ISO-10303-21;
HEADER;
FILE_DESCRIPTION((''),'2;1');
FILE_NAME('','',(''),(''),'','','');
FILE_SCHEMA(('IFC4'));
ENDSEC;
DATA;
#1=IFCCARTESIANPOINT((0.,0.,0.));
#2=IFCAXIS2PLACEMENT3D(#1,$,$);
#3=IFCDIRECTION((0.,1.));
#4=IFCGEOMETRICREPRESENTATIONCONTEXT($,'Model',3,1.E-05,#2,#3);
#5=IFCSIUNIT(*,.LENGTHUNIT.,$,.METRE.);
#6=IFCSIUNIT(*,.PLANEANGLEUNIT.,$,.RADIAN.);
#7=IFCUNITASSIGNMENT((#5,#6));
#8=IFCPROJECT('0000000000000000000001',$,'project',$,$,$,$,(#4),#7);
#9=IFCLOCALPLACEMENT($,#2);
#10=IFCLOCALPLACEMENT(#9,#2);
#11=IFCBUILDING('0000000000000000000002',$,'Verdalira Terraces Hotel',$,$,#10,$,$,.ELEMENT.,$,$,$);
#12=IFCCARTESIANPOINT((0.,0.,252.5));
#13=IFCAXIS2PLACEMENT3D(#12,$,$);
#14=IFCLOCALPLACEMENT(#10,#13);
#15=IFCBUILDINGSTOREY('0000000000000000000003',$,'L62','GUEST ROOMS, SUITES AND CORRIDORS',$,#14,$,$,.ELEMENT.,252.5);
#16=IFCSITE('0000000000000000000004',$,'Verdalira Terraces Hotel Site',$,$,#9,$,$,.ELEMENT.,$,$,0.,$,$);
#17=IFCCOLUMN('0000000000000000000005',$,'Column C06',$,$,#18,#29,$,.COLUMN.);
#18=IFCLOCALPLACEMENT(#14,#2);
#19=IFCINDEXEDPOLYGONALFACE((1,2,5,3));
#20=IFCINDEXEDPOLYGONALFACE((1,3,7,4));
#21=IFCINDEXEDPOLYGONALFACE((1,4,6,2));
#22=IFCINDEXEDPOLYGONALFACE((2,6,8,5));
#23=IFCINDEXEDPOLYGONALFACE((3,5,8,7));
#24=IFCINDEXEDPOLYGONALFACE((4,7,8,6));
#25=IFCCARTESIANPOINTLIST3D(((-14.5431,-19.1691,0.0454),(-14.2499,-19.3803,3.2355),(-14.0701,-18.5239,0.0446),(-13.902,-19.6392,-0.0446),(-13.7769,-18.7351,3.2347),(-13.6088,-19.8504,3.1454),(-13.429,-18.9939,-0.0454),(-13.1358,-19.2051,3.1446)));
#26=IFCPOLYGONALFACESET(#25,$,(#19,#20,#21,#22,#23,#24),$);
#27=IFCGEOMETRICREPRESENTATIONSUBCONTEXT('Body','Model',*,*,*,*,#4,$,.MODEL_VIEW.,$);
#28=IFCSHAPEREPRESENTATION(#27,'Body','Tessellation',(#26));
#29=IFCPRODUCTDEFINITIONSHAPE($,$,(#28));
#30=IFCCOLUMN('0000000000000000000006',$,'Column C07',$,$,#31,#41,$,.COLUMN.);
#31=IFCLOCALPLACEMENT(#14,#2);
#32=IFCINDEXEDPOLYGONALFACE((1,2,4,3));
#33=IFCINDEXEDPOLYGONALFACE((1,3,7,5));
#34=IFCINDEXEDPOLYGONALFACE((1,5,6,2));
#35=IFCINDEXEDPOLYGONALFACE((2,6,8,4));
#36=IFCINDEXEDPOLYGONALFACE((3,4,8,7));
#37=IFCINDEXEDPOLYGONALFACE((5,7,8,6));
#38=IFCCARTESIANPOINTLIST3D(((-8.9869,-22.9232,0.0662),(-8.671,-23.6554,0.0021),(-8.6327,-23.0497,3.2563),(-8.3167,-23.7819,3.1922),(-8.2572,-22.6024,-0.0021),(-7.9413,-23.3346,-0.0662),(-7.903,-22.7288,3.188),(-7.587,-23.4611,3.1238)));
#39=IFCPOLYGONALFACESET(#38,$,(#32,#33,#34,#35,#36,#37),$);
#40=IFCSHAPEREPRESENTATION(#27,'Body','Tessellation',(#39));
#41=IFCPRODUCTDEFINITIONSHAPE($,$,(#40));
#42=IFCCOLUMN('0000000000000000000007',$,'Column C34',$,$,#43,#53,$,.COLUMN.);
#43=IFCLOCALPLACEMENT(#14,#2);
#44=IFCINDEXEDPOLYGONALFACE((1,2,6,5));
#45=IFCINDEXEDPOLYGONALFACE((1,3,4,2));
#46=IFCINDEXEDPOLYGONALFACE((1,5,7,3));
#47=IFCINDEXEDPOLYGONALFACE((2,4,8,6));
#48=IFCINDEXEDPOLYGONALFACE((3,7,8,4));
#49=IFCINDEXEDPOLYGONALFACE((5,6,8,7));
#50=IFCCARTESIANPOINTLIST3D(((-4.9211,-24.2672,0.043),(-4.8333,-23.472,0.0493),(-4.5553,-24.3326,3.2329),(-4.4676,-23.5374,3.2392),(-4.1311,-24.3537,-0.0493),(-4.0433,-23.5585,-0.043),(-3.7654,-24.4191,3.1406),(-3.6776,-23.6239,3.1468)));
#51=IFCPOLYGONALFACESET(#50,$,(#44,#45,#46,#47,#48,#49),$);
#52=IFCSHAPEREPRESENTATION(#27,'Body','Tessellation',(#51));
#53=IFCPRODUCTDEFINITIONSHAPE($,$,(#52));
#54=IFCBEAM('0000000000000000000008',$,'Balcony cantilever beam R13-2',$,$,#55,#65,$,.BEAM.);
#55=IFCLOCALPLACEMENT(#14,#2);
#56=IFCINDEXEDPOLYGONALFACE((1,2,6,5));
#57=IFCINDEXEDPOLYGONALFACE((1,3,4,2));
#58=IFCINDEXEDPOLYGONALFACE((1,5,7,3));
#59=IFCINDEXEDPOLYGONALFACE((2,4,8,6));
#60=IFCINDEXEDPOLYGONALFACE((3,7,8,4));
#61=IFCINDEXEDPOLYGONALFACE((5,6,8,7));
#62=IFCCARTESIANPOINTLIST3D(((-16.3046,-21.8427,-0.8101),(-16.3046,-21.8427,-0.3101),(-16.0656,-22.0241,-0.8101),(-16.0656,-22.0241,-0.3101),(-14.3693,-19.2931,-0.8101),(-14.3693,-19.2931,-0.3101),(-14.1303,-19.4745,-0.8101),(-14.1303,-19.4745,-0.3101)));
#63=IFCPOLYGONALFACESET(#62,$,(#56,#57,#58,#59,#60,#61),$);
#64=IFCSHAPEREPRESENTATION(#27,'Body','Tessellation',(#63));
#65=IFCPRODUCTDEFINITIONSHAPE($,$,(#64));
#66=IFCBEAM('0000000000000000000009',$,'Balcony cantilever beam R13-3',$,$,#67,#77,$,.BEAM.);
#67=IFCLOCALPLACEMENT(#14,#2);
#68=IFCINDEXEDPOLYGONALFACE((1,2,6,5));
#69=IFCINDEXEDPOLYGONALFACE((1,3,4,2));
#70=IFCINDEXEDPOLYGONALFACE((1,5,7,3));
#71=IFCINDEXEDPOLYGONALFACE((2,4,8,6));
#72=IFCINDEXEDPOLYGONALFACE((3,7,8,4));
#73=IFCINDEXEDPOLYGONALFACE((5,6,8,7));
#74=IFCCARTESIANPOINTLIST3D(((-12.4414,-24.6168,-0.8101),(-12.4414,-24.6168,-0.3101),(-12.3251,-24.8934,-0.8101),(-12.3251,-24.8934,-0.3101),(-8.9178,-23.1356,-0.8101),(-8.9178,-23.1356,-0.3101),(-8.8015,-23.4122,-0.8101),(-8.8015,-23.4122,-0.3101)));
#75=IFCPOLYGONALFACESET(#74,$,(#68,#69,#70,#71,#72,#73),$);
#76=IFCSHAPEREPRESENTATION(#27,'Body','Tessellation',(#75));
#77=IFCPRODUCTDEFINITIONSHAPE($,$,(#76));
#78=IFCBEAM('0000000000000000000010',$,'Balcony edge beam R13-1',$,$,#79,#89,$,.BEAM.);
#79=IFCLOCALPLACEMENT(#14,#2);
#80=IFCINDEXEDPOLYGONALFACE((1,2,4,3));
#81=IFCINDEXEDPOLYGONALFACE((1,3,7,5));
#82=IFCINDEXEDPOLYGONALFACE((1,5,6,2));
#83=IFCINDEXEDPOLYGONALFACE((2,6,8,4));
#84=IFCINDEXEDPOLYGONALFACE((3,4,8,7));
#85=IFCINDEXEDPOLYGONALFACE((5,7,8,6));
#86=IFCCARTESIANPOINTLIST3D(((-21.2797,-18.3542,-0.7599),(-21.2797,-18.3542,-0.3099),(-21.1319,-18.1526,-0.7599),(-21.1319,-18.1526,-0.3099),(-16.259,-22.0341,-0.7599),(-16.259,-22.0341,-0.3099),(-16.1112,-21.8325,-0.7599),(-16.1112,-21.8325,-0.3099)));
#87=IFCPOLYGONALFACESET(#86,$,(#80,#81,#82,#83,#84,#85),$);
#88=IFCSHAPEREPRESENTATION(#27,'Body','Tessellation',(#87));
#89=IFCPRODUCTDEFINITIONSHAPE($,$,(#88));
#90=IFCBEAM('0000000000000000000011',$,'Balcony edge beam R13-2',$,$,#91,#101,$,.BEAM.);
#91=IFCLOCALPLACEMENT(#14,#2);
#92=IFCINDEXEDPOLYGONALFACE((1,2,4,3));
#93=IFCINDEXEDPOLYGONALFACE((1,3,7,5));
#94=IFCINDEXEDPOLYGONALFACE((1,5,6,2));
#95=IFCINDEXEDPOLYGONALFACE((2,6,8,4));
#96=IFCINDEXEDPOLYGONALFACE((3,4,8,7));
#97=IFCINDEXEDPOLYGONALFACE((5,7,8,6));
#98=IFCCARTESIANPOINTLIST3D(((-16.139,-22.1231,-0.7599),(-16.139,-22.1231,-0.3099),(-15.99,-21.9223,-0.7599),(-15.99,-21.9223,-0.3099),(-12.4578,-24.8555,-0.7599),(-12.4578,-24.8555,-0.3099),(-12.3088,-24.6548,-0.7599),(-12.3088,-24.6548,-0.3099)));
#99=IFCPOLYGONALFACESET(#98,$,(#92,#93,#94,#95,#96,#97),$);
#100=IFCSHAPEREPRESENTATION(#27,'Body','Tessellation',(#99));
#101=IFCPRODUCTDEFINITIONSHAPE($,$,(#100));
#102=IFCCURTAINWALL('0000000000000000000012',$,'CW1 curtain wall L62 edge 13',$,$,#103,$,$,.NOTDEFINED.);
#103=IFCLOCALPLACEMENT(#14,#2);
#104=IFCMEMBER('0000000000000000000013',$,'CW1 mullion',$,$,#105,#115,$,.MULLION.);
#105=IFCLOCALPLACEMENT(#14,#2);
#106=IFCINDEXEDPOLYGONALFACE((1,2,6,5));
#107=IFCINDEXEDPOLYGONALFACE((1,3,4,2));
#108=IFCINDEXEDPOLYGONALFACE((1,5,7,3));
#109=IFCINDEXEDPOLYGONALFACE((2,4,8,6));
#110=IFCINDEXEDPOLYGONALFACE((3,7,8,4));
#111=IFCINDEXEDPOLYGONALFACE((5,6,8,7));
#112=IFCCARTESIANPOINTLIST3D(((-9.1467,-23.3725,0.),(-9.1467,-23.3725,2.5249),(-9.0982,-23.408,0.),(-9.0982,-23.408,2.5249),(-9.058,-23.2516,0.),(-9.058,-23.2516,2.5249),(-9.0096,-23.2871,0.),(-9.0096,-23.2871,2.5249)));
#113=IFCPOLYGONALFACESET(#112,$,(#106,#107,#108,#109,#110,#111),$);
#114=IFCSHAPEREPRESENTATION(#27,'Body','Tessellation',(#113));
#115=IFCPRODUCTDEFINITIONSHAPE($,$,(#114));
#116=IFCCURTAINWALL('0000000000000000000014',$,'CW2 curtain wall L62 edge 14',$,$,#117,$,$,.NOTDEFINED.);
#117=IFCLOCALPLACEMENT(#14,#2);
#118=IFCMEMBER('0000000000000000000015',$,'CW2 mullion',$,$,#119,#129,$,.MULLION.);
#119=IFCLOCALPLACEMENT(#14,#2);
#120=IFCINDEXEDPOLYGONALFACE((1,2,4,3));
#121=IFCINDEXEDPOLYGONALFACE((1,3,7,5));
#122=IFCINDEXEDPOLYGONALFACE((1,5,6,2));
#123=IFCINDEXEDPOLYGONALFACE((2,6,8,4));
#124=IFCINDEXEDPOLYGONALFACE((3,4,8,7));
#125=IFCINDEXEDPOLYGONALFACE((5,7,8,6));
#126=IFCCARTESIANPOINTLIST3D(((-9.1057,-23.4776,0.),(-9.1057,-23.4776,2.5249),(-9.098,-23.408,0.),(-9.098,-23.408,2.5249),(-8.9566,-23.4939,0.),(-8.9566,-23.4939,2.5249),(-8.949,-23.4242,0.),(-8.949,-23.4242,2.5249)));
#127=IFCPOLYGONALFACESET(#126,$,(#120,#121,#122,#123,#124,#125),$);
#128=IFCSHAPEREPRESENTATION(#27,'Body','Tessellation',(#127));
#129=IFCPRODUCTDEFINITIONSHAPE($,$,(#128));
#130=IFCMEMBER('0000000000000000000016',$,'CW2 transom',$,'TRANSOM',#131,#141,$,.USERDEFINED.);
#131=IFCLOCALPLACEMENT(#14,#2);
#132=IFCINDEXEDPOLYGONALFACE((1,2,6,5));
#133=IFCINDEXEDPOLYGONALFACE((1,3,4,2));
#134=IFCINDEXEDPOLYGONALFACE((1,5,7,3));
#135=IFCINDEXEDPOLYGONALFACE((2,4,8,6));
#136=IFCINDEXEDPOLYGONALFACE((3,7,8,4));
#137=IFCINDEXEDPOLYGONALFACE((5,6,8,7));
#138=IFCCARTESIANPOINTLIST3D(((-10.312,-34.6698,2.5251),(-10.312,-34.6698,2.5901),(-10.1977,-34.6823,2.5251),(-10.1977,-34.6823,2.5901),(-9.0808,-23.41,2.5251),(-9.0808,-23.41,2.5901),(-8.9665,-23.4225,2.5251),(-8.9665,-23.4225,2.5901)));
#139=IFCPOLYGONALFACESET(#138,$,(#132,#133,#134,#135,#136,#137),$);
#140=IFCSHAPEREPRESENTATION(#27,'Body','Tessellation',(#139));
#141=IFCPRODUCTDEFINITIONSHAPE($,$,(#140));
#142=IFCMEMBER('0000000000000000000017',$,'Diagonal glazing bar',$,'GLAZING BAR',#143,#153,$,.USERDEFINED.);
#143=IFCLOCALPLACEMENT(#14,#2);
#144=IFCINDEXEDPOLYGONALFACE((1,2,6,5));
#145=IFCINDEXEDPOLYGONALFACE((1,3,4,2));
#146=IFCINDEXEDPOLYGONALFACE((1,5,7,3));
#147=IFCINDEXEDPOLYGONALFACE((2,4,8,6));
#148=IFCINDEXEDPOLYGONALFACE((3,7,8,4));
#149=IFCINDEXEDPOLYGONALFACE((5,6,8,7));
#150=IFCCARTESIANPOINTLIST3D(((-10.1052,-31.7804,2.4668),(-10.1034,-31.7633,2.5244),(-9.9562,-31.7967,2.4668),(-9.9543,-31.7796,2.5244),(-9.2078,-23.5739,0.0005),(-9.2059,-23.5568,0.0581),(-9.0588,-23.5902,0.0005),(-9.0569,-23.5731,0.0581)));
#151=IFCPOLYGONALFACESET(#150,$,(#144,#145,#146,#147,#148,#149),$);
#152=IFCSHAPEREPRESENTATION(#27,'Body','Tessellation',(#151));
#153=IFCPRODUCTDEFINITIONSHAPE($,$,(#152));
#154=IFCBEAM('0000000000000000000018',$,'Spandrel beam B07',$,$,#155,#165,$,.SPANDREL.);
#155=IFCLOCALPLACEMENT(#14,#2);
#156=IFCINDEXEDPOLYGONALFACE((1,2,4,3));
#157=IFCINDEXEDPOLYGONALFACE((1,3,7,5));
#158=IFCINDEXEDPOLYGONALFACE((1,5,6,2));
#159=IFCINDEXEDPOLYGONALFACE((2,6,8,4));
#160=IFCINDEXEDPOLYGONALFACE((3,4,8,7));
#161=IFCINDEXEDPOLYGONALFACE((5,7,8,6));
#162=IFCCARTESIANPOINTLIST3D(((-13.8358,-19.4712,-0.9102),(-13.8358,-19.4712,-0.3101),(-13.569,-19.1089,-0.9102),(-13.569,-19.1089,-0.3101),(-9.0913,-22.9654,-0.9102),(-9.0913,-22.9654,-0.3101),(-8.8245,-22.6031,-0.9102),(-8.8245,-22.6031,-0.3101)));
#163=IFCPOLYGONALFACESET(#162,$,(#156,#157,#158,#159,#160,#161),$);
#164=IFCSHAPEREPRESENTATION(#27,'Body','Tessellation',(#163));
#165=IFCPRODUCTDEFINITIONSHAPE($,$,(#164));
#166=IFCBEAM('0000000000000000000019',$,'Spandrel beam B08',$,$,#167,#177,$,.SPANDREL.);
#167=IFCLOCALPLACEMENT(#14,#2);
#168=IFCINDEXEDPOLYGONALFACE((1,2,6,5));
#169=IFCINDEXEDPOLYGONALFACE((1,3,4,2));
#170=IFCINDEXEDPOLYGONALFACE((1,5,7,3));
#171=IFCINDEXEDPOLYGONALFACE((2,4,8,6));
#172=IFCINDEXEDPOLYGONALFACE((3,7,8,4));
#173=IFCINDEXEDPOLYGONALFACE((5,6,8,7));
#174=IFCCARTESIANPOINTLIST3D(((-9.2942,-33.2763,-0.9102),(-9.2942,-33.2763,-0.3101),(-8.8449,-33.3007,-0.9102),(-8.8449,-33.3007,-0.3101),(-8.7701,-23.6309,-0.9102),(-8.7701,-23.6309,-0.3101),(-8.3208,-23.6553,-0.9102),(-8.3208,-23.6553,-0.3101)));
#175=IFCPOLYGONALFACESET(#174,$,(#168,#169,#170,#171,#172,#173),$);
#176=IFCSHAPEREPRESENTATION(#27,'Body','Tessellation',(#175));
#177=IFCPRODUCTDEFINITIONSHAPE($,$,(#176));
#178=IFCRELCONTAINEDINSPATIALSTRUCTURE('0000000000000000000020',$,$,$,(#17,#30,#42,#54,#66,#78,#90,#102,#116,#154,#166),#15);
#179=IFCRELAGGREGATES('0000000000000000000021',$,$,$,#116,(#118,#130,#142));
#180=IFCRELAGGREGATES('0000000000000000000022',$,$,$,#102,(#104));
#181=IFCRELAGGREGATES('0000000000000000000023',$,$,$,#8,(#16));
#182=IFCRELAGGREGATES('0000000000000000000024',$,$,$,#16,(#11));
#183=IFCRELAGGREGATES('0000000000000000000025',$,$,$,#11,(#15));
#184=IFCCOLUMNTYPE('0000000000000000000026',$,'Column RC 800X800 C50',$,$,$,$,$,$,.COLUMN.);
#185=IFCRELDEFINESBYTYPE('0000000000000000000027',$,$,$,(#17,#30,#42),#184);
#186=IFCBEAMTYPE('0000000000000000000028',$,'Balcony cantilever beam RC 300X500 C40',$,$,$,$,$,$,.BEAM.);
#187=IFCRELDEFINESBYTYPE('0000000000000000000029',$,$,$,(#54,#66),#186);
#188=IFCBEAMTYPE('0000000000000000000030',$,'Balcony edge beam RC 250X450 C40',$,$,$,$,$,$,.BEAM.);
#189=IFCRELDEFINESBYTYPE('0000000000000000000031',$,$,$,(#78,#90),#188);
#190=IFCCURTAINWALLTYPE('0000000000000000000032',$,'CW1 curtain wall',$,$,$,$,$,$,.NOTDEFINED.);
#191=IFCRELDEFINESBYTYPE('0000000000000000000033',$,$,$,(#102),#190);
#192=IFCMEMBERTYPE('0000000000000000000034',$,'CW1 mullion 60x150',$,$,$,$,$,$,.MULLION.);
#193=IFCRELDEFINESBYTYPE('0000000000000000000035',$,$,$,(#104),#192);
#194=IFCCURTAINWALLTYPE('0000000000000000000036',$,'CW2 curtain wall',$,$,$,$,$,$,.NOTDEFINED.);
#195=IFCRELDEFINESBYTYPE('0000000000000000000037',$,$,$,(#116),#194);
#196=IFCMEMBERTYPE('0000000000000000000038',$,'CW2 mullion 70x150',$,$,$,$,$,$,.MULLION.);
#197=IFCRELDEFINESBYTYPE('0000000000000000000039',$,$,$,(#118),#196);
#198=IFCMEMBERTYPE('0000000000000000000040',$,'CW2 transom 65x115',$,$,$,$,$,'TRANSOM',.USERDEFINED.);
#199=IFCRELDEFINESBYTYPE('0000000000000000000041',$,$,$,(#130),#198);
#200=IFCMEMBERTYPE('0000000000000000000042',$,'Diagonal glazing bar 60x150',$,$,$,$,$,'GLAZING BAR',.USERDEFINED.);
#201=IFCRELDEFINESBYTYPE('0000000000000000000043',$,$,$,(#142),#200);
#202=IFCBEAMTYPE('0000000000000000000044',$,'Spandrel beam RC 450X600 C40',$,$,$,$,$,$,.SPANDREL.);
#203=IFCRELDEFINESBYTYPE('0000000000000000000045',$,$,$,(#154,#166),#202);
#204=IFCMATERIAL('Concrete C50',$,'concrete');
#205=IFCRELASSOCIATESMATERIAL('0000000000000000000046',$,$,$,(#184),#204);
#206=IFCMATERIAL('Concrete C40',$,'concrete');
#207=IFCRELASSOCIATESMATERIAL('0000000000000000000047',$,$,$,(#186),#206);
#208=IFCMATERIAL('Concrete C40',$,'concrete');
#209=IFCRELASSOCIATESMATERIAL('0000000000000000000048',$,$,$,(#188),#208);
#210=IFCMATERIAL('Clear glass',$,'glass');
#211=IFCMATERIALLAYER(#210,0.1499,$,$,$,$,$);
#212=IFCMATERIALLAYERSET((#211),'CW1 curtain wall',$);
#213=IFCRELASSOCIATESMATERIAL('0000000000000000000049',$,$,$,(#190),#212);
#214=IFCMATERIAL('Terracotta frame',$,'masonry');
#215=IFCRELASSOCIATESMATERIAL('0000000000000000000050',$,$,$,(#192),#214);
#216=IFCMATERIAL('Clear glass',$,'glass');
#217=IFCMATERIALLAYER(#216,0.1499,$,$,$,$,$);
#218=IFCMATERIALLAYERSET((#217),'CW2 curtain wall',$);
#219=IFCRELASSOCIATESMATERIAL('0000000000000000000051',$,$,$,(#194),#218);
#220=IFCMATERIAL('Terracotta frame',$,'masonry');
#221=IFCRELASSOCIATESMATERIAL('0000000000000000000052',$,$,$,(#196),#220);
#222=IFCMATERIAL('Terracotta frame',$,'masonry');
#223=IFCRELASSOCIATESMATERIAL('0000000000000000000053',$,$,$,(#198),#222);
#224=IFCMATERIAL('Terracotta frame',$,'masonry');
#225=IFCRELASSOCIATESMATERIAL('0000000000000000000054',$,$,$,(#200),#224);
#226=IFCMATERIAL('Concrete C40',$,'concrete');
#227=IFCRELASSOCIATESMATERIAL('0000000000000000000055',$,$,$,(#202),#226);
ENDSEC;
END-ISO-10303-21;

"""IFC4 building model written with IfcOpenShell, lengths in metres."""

from ifc_helpers import new_model, si_unit, direction, frame, origin, origin_2d, place, context, subcontext, project, spatial, rectangle, extrude, material, layer, layer_set, material_profile, profile_set, type_object, element, aggregate, save


model = new_model("IFC4")

# Units and contexts
model_context = context("Model", 3, precision=1e-05, world=origin(), true_north=direction((0.0, 1.0)))
body_context = subcontext(model_context, "Body", "Model", "MODEL_VIEW")
ifc_project = project(units=[si_unit("LENGTHUNIT", "METRE"), si_unit("PLANEANGLEUNIT", "RADIAN")], contexts=[model_context])

# Site, building, storey
site_placement = place(None, origin())
site = spatial("IfcSite", under=ifc_project, at=site_placement, Name="Verdalira Terraces Hotel Site", CompositionType="ELEMENT", RefElevation=0.0)
building_placement = place(site_placement, origin())
building = spatial("IfcBuilding", under=site, at=building_placement, Name="Verdalira Terraces Hotel", CompositionType="ELEMENT")
storey_placement = place(building_placement, frame((0.0, 0.0, 252.5)))
storey = spatial("IfcBuildingStorey", under=building, at=storey_placement, Name="L62", Description="GUEST ROOMS, SUITES AND CORRIDORS", CompositionType="ELEMENT", Elevation=252.5)

# Columns
ifc_material_1 = material(Name="Concrete C50", Category="concrete")
ifc_material_profile_1 = material_profile(ifc_material_1, rectangle(XDim=0.8, YDim=0.8, at=origin_2d()), Name="RC 800X800")
ifc_profile_set_1 = profile_set([ifc_material_profile_1], Name="Concrete C50")
column_type = type_object("IfcColumnType", Name="Column RC 800X800 C50", PredefinedType="COLUMN", material=ifc_profile_set_1)
column_1_placement = place(storey_placement, frame((-13.9861, -19.0815, 0.0), z_axis=(0.091334, -0.065782, 0.993645), x_axis=(0.801332, -0.587537, -0.112553)))
element("IfcColumn", 1, at=column_1_placement, inside=storey, type_object=column_type, Name="Column C06", PredefinedType="COLUMN", context=body_context, shape_type="SweptSolid", body=[
    extrude(rectangle(XDim=0.8, YDim=0.8, at=origin_2d()), origin(), (0.0, 0.0, 1.0), 3.2104),
])
column_2_placement = place(storey_placement, frame((-8.4641, -23.1289, 0.0), z_axis=(0.110288, -0.039372, 0.99312), x_axis=(-0.3949, 0.915222, 0.080138)))
element("IfcColumn", 2, at=column_2_placement, inside=storey, type_object=column_type, Name="Column C07", PredefinedType="COLUMN", context=body_context, shape_type="SweptSolid", body=[
    extrude(rectangle(XDim=0.8, YDim=0.8, at=origin_2d()), origin(), (0.0, 0.0, 1.0), 3.2122),
])
column_3_placement = place(storey_placement, frame((-4.4822, -23.9128, 0.0), z_axis=(0.113879, -0.020374, 0.993286), x_axis=(-0.109714, -0.993933, -0.007808)))
element("IfcColumn", 3, at=column_3_placement, inside=storey, type_object=column_type, Name="Column C34", PredefinedType="COLUMN", context=body_context, shape_type="SweptSolid", body=[
    extrude(rectangle(XDim=0.8, YDim=0.8, at=origin_2d()), origin(), (0.0, 0.0, 1.0), 3.2114),
])

# Beams
ifc_material_2 = material(Name="Concrete C40", Category="concrete")
ifc_material_profile_2 = material_profile(ifc_material_2, rectangle(XDim=0.3, YDim=0.5, at=origin_2d()), Name="RC 300X500")
ifc_profile_set_2 = profile_set([ifc_material_profile_2], Name="Concrete C40")
beam_type_1 = type_object("IfcBeamType", Name="Balcony cantilever beam RC 300X500 C40", PredefinedType="BEAM", material=ifc_profile_set_2)
beam_1_placement = place(storey_placement, frame((-14.2498, -19.3838, -0.5601), z_axis=(-0.604615, -0.796518, 0.0), x_axis=(0.796518, -0.604615, 0.0)))
element("IfcBeam", 4, at=beam_1_placement, inside=storey, type_object=beam_type_1, Name="Balcony cantilever beam R13-2", PredefinedType="BEAM", context=body_context, shape_type="SweptSolid", body=[
    extrude(rectangle(XDim=0.3, YDim=0.5, at=origin_2d()), origin(), (0.0, 0.0, 1.0), 3.2009),
])
beam_2_placement = place(storey_placement, frame((-8.8596, -23.2739, -0.5601), z_axis=(-0.921865, -0.387512, 0.0), x_axis=(0.387512, -0.921865, 0.0)))
element("IfcBeam", 5, at=beam_2_placement, inside=storey, type_object=beam_type_1, Name="Balcony cantilever beam R13-3", PredefinedType="BEAM", context=body_context, shape_type="SweptSolid", body=[
    extrude(rectangle(XDim=0.3, YDim=0.5, at=origin_2d()), origin(), (0.0, 0.0, 1.0), 3.8223),
])
ifc_material_3 = material(Name="Concrete C40", Category="concrete")
ifc_material_profile_3 = material_profile(ifc_material_3, rectangle(XDim=0.25, YDim=0.45, at=origin_2d()), Name="RC 250X450")
ifc_profile_set_3 = profile_set([ifc_material_profile_3], Name="Concrete C40")
beam_type_2 = type_object("IfcBeamType", Name="Balcony edge beam RC 250X450 C40", PredefinedType="BEAM", material=ifc_profile_set_3)
beam_3_placement = place(storey_placement, frame((-21.2058, -18.2534, -0.5349), z_axis=(0.806555, -0.59116, 0.0), x_axis=(0.59116, 0.806555, 0.0)))
element("IfcBeam", 6, at=beam_3_placement, inside=storey, type_object=beam_type_2, Name="Balcony edge beam R13-1", PredefinedType="BEAM", context=body_context, shape_type="SweptSolid", body=[
    extrude(rectangle(XDim=0.25, YDim=0.45, at=origin_2d()), origin(), (0.0, 0.0, 1.0), 6.2249),
])
beam_4_placement = place(storey_placement, frame((-16.0645, -22.0227, -0.5349), z_axis=(0.802968, -0.596022, 0.0), x_axis=(0.596022, 0.802968, 0.0)))
element("IfcBeam", 7, at=beam_4_placement, inside=storey, type_object=beam_type_2, Name="Balcony edge beam R13-2", PredefinedType="BEAM", context=body_context, shape_type="SweptSolid", body=[
    extrude(rectangle(XDim=0.25, YDim=0.45, at=origin_2d()), origin(), (0.0, 0.0, 1.0), 4.5845),
])

# Curtain wall, member
ifc_material_4 = material(Name="Clear glass", Category="glass")
ifc_layer_1 = layer(ifc_material_4, 0.1499)
ifc_layer_set_1 = layer_set([ifc_layer_1], Name="CW1 curtain wall")
curtain_wall_type_1 = type_object("IfcCurtainWallType", Name="CW1 curtain wall", PredefinedType="NOTDEFINED", material=ifc_layer_set_1)
curtain_wall_1_placement = place(storey_placement, origin())
curtain_wall_1 = element("IfcCurtainWall", 8, at=curtain_wall_1_placement, inside=storey, type_object=curtain_wall_type_1, Name="CW1 curtain wall L62 edge 13", PredefinedType="NOTDEFINED")
ifc_material_5 = material(Name="Terracotta frame", Category="masonry")
ifc_material_profile_4 = material_profile(ifc_material_5, rectangle(XDim=0.0601, YDim=0.1499, at=origin_2d()), Name="MU 60x150")
ifc_profile_set_4 = profile_set([ifc_material_profile_4], Name="Terracotta frame")
member_type_1 = type_object("IfcMemberType", Name="CW1 mullion 60x150", PredefinedType="MULLION", material=ifc_profile_set_4)
member_1_placement = place(storey_placement, frame((-9.0781, -23.3298, 0.0), z_axis=(0.0, 0.0, 1.0), x_axis=(0.806548, -0.591169, 0.0)))
member_1 = element("IfcMember", 9, at=member_1_placement, type_object=member_type_1, Name="CW1 mullion", PredefinedType="MULLION", context=body_context, shape_type="SweptSolid", body=[
    extrude(rectangle(XDim=0.0601, YDim=0.1499, at=origin_2d()), origin(), (0.0, 0.0, 1.0), 2.5249),
])

# Curtain wall, members
ifc_material_6 = material(Name="Clear glass", Category="glass")
ifc_layer_2 = layer(ifc_material_6, 0.1499)
ifc_layer_set_2 = layer_set([ifc_layer_2], Name="CW2 curtain wall")
curtain_wall_type_2 = type_object("IfcCurtainWallType", Name="CW2 curtain wall", PredefinedType="NOTDEFINED", material=ifc_layer_set_2)
curtain_wall_2_placement = place(storey_placement, origin())
curtain_wall_2 = element("IfcCurtainWall", 10, at=curtain_wall_2_placement, inside=storey, type_object=curtain_wall_type_2, Name="CW2 curtain wall L62 edge 14", PredefinedType="NOTDEFINED")
ifc_material_7 = material(Name="Terracotta frame", Category="masonry")
ifc_material_profile_5 = material_profile(ifc_material_7, rectangle(XDim=0.0701, YDim=0.1499, at=origin_2d()), Name="MU 70x150")
ifc_profile_set_5 = profile_set([ifc_material_profile_5], Name="Terracotta frame")
member_type_2 = type_object("IfcMemberType", Name="CW2 mullion 70x150", PredefinedType="MULLION", material=ifc_profile_set_5)
member_2_placement = place(storey_placement, frame((-9.0273, -23.4509, 0.0), z_axis=(0.0, 0.0, 1.0), x_axis=(-0.108693, -0.994075, 0.0)))
member_2 = element("IfcMember", 11, at=member_2_placement, type_object=member_type_2, Name="CW2 mullion", PredefinedType="MULLION", context=body_context, shape_type="SweptSolid", body=[
    extrude(rectangle(XDim=0.0701, YDim=0.1499, at=origin_2d()), origin(), (0.0, 0.0, 1.0), 2.5249),
])
ifc_material_8 = material(Name="Terracotta frame", Category="masonry")
ifc_material_profile_6 = material_profile(ifc_material_8, rectangle(XDim=0.115, YDim=0.0649, at=origin_2d()), Name="TR 65x115")
ifc_profile_set_6 = profile_set([ifc_material_profile_6], Name="Terracotta frame")
member_type_3 = type_object("IfcMemberType", Name="CW2 transom 65x115", ElementType="TRANSOM", PredefinedType="USERDEFINED", material=ifc_profile_set_6)
member_3_placement = place(storey_placement, frame((-9.0237, -23.4163, 2.5576), z_axis=(-0.108697, -0.994075, 0.0), x_axis=(0.994075, -0.108697, 0.0)))
member_3 = element("IfcMember", 12, at=member_3_placement, type_object=member_type_3, Name="CW2 transom", ObjectType="TRANSOM", PredefinedType="USERDEFINED", context=body_context, shape_type="SweptSolid", body=[
    extrude(rectangle(XDim=0.115, YDim=0.0649, at=origin_2d()), origin(), (0.0, 0.0, 1.0), 11.3269),
])
ifc_material_9 = material(Name="Terracotta frame", Category="masonry")
ifc_material_profile_7 = material_profile(ifc_material_9, rectangle(XDim=0.1499, YDim=0.0601, at=origin_2d()), Name="GB 60x150")
ifc_profile_set_7 = profile_set([ifc_material_profile_7], Name="Terracotta frame")
member_type_4 = type_object("IfcMemberType", Name="Diagonal glazing bar 60x150", ElementType="GLAZING BAR", PredefinedType="USERDEFINED", material=ifc_profile_set_7)
member_4_placement = place(storey_placement, frame((-9.1323, -23.5735, 0.0293), z_axis=(-0.104162, -0.952477, 0.286248), x_axis=(0.994073, -0.108711, 0.0)))
member_4 = element("IfcMember", 13, at=member_4_placement, type_object=member_type_4, Name="Diagonal glazing bar", ObjectType="GLAZING BAR", PredefinedType="USERDEFINED", context=body_context, shape_type="SweptSolid", body=[
    extrude(rectangle(XDim=0.1499, YDim=0.0601, at=origin_2d()), origin(), (0.0, 0.0, 1.0), 8.616),
])
aggregate(curtain_wall_2, [member_2, member_3, member_4])

# Beams
ifc_material_10 = material(Name="Concrete C40", Category="concrete")
ifc_material_profile_8 = material_profile(ifc_material_10, rectangle(XDim=0.45, YDim=0.6001, at=origin_2d()), Name="RC 450X600")
ifc_profile_set_8 = profile_set([ifc_material_profile_8], Name="Concrete C40")
beam_type_3 = type_object("IfcBeamType", Name="Spandrel beam RC 450X600 C40", PredefinedType="SPANDREL", material=ifc_profile_set_8)
beam_5_placement = place(storey_placement, frame((-13.7024, -19.29, -0.6101), z_axis=(0.805195, -0.59301, 0.0), x_axis=(0.59301, 0.805195, 0.0)))
element("IfcBeam", 14, at=beam_5_placement, inside=storey, type_object=beam_type_3, Name="Spandrel beam B07", PredefinedType="SPANDREL", context=body_context, shape_type="SweptSolid", body=[
    extrude(rectangle(XDim=0.45, YDim=0.6001, at=origin_2d()), origin(), (0.0, 0.0, 1.0), 5.8923),
])
beam_6_placement = place(storey_placement, frame((-8.5454, -23.6431, -0.6101), z_axis=(-0.054263, -0.998527, 0.0), x_axis=(0.998527, -0.054263, 0.0)))
element("IfcBeam", 15, at=beam_6_placement, inside=storey, type_object=beam_type_3, Name="Spandrel beam B08", PredefinedType="SPANDREL", context=body_context, shape_type="SweptSolid", body=[
    extrude(rectangle(XDim=0.45, YDim=0.6001, at=origin_2d()), origin(), (0.0, 0.0, 1.0), 9.6597),
])

aggregate(curtain_wall_1, [member_1])

save(model, "model.ifc")
